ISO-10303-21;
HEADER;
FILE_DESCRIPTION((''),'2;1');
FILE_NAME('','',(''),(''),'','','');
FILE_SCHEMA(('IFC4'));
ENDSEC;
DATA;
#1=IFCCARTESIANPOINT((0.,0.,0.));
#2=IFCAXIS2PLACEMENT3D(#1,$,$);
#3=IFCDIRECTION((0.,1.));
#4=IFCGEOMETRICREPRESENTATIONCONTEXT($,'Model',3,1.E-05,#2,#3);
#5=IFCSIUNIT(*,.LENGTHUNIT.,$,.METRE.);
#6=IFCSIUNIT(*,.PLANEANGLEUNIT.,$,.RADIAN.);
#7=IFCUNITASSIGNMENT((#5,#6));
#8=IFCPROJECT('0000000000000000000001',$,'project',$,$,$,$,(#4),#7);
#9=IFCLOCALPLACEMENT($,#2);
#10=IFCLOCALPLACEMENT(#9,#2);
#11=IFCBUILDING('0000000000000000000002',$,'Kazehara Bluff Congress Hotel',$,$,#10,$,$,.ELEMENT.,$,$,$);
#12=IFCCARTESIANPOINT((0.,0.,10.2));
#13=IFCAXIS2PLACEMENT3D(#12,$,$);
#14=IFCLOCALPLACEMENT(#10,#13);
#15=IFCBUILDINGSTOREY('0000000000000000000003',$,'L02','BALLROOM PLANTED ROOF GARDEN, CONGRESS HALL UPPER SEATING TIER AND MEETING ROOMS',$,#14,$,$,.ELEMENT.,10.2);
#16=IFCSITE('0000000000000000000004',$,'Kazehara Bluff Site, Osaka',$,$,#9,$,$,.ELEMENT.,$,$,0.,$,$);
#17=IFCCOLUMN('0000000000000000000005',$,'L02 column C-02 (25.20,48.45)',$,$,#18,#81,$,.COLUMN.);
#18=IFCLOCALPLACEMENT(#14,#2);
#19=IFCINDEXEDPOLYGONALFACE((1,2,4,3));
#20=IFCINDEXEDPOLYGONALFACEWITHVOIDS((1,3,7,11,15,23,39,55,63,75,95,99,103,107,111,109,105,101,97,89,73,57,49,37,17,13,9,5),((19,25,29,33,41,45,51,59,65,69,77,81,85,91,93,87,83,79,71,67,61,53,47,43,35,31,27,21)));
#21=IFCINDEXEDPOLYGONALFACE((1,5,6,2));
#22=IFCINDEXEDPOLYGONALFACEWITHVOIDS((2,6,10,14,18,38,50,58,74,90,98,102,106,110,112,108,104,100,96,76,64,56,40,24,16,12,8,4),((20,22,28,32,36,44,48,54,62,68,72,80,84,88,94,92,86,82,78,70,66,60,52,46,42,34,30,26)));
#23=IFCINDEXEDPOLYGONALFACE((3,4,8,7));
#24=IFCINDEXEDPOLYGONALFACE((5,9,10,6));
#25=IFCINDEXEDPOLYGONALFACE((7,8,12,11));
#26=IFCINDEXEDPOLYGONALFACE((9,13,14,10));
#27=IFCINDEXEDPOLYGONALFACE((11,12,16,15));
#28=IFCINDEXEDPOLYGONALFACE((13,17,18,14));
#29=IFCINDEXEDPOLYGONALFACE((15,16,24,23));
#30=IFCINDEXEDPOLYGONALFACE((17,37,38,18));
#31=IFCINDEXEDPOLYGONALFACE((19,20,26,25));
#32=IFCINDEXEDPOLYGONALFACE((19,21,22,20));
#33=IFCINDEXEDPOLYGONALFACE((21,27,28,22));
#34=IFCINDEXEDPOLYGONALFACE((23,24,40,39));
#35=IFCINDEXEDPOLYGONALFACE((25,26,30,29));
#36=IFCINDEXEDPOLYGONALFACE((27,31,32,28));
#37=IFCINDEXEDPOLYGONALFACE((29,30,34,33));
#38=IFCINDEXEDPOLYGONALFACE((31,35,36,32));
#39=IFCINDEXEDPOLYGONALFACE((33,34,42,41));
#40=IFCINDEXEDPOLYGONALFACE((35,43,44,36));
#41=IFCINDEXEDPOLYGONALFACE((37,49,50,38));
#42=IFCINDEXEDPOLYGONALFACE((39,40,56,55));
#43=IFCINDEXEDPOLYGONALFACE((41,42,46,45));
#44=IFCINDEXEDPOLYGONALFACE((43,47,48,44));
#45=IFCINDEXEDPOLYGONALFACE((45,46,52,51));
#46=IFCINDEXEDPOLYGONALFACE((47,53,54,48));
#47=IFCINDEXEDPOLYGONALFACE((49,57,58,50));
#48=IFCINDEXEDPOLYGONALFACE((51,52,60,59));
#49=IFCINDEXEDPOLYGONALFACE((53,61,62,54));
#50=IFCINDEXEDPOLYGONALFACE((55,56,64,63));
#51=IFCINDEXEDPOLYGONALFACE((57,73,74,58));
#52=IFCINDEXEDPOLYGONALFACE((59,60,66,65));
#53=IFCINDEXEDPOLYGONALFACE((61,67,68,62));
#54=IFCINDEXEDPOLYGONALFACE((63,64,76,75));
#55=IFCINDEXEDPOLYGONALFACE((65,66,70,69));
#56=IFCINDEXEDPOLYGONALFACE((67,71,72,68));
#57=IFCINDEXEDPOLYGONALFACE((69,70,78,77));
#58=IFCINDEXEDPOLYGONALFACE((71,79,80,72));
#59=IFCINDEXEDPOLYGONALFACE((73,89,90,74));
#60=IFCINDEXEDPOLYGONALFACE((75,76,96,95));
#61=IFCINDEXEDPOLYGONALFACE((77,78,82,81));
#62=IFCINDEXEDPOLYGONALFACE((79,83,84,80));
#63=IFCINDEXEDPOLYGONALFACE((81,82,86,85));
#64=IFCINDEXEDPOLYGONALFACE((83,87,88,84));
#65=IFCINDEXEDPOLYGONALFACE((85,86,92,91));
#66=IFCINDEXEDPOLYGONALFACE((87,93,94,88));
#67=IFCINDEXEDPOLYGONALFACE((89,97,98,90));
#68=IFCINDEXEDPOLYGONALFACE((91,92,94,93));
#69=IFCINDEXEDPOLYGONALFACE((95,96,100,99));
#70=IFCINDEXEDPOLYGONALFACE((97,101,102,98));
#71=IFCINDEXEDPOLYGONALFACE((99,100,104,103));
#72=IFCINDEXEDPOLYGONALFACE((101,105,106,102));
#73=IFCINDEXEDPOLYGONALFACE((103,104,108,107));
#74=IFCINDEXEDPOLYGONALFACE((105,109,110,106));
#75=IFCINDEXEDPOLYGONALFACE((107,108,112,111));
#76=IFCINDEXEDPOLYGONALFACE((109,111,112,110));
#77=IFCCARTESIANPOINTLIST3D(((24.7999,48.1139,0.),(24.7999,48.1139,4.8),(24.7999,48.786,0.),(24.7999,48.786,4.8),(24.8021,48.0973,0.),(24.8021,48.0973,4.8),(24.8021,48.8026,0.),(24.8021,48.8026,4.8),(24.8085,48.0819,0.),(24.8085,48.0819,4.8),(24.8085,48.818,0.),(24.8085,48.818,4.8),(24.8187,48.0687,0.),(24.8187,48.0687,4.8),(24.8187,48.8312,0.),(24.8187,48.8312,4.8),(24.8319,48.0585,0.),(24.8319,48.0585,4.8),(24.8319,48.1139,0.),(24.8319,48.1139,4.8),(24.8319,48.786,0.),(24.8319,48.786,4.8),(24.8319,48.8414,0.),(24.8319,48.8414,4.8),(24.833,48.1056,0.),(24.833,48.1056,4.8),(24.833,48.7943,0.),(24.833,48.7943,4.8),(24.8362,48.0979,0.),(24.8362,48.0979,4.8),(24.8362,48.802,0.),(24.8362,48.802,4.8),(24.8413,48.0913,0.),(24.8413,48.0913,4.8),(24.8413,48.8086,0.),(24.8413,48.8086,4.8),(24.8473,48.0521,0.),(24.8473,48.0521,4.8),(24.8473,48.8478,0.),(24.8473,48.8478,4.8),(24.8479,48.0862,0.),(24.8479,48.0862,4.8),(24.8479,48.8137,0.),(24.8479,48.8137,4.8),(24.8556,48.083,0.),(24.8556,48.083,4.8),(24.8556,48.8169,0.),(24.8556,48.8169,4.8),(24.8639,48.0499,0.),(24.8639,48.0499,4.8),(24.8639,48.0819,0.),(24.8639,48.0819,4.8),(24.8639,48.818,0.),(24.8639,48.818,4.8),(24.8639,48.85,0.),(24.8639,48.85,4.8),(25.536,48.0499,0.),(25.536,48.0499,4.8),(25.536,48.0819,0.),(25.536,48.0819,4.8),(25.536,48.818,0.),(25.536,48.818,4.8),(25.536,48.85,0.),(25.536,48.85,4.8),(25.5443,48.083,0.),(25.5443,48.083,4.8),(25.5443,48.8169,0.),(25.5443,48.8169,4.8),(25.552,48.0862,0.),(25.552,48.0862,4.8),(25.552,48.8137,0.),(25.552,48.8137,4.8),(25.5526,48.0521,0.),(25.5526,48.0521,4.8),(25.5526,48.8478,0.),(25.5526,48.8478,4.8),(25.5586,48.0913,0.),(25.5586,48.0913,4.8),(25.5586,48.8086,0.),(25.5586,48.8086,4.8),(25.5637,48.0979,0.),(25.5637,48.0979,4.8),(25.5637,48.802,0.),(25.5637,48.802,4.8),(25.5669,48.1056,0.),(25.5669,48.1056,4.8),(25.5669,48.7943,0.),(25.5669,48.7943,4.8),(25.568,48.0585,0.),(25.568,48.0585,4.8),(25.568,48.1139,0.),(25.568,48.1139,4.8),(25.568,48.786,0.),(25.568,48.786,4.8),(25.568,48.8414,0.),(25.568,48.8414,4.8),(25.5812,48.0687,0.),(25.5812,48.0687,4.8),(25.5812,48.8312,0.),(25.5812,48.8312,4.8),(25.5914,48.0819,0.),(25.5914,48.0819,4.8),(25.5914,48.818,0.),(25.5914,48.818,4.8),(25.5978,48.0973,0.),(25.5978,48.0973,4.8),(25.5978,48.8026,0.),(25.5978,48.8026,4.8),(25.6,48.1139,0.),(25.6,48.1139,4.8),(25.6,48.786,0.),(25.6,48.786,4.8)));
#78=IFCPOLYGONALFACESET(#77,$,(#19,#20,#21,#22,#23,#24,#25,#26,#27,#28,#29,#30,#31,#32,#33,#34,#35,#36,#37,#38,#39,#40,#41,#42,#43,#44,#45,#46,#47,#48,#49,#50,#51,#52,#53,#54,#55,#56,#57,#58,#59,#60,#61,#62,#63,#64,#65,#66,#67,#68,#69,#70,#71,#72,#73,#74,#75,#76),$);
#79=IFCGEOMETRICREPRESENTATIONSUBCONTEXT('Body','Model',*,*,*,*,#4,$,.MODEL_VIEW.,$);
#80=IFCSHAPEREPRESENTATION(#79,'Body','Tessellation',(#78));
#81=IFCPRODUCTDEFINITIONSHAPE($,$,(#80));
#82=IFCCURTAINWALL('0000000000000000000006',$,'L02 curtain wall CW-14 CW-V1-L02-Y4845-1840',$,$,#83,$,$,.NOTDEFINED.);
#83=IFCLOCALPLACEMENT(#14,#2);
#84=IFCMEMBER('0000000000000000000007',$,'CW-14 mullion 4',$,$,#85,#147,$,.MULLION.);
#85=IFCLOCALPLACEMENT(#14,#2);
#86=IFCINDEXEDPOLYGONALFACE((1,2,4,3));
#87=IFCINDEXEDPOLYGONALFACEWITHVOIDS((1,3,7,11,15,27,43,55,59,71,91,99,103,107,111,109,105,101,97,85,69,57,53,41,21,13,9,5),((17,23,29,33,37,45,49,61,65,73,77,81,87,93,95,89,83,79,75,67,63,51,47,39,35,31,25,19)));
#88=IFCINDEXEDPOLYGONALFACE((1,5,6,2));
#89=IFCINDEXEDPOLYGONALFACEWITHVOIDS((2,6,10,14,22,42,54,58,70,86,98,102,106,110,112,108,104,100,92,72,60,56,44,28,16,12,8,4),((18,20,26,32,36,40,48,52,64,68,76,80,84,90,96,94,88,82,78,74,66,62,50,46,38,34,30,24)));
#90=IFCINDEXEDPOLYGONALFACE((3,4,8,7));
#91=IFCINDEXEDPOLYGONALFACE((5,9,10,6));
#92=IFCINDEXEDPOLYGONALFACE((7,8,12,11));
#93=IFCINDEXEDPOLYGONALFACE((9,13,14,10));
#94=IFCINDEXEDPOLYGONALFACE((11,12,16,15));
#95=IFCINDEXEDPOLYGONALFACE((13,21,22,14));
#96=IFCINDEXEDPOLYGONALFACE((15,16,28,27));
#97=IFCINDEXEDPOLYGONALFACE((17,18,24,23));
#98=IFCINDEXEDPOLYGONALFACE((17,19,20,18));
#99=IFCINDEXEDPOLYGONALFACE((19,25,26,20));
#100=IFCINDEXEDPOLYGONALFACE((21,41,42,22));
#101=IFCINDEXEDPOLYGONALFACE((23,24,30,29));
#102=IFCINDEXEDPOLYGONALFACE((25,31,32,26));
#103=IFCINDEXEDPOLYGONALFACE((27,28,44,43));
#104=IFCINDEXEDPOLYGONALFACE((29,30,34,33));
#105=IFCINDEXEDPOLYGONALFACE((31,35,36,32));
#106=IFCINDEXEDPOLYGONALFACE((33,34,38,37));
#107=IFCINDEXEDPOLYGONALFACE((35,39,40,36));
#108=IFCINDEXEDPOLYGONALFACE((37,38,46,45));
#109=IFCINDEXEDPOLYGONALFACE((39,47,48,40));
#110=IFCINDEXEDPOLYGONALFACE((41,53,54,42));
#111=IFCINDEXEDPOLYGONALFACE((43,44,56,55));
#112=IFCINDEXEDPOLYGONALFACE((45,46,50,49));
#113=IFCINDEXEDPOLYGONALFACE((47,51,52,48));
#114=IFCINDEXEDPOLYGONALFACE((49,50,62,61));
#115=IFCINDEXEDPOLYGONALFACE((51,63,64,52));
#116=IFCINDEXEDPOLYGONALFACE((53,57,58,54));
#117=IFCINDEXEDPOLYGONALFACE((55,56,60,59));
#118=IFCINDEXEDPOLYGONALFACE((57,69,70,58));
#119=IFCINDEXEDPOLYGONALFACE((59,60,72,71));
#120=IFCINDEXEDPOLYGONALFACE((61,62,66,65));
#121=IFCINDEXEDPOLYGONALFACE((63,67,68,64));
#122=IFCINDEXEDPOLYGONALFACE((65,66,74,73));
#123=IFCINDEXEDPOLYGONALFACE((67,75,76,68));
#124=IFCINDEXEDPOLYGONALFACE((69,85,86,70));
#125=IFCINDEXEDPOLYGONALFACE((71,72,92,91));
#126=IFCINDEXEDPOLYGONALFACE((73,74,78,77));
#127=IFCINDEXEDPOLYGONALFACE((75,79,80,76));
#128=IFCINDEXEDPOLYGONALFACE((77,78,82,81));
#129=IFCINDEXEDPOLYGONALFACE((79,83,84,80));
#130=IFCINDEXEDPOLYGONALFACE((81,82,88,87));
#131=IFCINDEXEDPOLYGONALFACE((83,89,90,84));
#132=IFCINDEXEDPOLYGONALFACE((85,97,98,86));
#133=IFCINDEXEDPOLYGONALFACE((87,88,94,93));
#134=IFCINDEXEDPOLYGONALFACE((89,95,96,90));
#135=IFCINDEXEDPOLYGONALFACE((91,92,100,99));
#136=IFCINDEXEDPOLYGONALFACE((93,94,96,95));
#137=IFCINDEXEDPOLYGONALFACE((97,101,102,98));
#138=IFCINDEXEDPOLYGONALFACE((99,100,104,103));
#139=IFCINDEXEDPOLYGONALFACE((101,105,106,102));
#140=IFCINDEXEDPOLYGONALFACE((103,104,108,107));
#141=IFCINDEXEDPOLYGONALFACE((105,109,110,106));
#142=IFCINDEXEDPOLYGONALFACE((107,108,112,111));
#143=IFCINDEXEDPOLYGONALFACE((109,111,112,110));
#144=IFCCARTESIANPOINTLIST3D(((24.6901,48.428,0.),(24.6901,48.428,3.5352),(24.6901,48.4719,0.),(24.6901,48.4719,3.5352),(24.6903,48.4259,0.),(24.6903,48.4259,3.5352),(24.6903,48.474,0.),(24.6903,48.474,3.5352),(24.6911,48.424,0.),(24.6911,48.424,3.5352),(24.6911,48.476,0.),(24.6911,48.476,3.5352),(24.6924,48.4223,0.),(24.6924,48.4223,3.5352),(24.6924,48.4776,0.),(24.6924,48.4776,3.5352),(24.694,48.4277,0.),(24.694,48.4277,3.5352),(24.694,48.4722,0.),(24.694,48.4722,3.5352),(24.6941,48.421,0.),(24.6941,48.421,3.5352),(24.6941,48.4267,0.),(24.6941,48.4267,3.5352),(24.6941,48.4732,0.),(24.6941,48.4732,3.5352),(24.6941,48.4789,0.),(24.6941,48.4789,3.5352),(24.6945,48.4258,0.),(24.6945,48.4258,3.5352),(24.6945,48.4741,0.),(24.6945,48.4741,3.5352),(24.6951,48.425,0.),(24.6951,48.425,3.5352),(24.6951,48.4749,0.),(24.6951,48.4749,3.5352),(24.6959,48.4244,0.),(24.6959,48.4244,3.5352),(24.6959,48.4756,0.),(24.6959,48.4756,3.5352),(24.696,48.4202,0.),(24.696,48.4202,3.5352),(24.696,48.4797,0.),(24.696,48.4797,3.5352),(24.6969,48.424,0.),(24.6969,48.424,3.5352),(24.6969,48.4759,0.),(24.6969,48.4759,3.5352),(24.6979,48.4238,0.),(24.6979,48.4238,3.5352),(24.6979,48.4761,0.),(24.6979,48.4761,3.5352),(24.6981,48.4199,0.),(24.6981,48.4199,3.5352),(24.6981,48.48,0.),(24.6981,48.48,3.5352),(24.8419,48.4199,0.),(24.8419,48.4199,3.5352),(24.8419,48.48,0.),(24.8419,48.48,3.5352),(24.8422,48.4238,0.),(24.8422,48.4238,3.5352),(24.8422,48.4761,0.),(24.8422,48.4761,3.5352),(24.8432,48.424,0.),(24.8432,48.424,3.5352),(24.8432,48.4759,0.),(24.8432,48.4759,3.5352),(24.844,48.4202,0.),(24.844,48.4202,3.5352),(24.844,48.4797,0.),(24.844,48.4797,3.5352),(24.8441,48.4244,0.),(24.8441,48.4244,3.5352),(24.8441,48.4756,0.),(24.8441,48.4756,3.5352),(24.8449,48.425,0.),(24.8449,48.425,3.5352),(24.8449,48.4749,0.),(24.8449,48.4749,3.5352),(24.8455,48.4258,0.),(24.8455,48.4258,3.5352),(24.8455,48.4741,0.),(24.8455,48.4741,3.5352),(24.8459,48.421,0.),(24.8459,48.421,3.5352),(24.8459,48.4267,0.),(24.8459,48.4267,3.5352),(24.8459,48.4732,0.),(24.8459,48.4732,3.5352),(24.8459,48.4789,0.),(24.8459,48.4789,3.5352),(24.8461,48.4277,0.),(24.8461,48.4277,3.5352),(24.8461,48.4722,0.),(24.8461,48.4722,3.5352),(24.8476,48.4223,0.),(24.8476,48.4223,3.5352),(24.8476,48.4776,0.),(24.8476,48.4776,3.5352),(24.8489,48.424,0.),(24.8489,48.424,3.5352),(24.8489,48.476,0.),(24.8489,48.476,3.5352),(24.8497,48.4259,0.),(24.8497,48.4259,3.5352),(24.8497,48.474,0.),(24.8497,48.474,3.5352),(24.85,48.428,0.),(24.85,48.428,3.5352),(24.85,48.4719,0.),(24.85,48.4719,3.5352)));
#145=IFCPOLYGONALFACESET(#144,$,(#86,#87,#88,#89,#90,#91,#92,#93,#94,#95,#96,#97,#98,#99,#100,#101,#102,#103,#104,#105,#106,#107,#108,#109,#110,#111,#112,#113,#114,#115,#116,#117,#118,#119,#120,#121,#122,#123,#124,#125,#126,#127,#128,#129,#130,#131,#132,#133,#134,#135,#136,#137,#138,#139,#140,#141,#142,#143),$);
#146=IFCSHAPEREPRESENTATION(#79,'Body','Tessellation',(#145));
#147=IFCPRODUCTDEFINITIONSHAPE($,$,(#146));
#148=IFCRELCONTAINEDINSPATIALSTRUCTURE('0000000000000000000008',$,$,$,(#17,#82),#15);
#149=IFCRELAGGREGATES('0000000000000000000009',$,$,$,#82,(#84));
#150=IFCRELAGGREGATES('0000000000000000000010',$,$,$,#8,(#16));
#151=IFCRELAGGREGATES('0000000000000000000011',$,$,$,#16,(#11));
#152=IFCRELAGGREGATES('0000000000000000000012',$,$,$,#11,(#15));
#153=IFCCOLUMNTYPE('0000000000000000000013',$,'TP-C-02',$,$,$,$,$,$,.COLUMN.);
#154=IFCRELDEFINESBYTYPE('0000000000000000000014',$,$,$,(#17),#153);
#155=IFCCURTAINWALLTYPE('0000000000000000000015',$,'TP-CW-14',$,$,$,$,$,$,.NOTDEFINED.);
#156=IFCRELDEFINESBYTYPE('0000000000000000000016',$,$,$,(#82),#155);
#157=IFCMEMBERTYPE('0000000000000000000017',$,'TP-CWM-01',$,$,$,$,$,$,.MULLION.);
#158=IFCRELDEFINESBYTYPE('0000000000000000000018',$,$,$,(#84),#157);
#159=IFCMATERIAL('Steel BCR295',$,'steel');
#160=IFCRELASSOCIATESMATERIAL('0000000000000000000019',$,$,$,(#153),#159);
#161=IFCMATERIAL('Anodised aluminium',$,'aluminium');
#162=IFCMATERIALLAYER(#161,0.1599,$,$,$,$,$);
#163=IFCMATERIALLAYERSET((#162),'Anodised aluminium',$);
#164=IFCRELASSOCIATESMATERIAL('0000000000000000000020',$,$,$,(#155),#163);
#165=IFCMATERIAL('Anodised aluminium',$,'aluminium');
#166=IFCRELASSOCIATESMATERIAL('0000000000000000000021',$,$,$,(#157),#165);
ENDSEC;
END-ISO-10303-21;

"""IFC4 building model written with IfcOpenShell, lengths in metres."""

from ifc_helpers import new_model, si_unit, direction, frame, origin, origin_2d, place, context, subcontext, project, spatial, hollow_rectangle, extrude, material, layer, layer_set, material_profile, profile_set, type_object, element, aggregate, save


model = new_model("IFC4")

# Units and contexts
model_context = context("Model", 3, precision=1e-05, world=origin(), true_north=direction((0.0, 1.0)))
body_context = subcontext(model_context, "Body", "Model", "MODEL_VIEW")
ifc_project = project(units=[si_unit("LENGTHUNIT", "METRE"), si_unit("PLANEANGLEUNIT", "RADIAN")], contexts=[model_context])

# Site, building, storey
site_placement = place(None, origin())
site = spatial("IfcSite", under=ifc_project, at=site_placement, Name="Kazehara Bluff Site, Osaka", CompositionType="ELEMENT", RefElevation=0.0)
building_placement = place(site_placement, origin())
building = spatial("IfcBuilding", under=site, at=building_placement, Name="Kazehara Bluff Congress Hotel", CompositionType="ELEMENT")
storey_placement = place(building_placement, frame((0.0, 0.0, 10.2)))
storey = spatial("IfcBuildingStorey", under=building, at=storey_placement, Name="L02", Description="BALLROOM PLANTED ROOF GARDEN, CONGRESS HALL UPPER SEATING TIER AND MEETING ROOMS", CompositionType="ELEMENT", Elevation=10.2)

# Column
ifc_material_1 = material(Name="Steel BCR295", Category="steel")
ifc_material_profile_1 = material_profile(ifc_material_1, hollow_rectangle(XDim=0.8, YDim=0.8, WallThickness=0.032, InnerFilletRadius=0.032, OuterFilletRadius=0.064, at=origin_2d()))
ifc_profile_set_1 = profile_set([ifc_material_profile_1], Name="Steel BCR295")
column_type = type_object("IfcColumnType", Name="TP-C-02", PredefinedType="COLUMN", material=ifc_profile_set_1)
column_placement = place(storey_placement, frame((25.2, 48.45, 0.0), z_axis=(0.0, 0.0, 1.0), x_axis=(1.0, 0.0, 0.0)))
element("IfcColumn", 1, at=column_placement, inside=storey, type_object=column_type, Name="L02 column C-02 (25.20,48.45)", PredefinedType="COLUMN", context=body_context, shape_type="SweptSolid", body=[
    extrude(hollow_rectangle(XDim=0.8, YDim=0.8, WallThickness=0.032, InnerFilletRadius=0.032, OuterFilletRadius=0.064, at=origin_2d()), origin(), (0.0, 0.0, 1.0), 4.8),
])

# Curtain wall, member
ifc_material_2 = material(Name="Anodised aluminium", Category="aluminium")
ifc_layer_1 = layer(ifc_material_2, 0.1599)
ifc_layer_set_1 = layer_set([ifc_layer_1], Name="Anodised aluminium")
curtain_wall_type_1 = type_object("IfcCurtainWallType", Name="TP-CW-14", PredefinedType="NOTDEFINED", material=ifc_layer_set_1)
curtain_wall_1_placement = place(storey_placement, origin())
curtain_wall_1 = element("IfcCurtainWall", 2, at=curtain_wall_1_placement, inside=storey, type_object=curtain_wall_type_1, Name="L02 curtain wall CW-14 CW-V1-L02-Y4845-1840", PredefinedType="NOTDEFINED")
ifc_material_3 = material(Name="Anodised aluminium", Category="aluminium")
ifc_material_profile_2 = material_profile(ifc_material_3, hollow_rectangle(XDim=0.0601, YDim=0.1599, WallThickness=0.0039, InnerFilletRadius=0.0039, OuterFilletRadius=0.0081, at=origin_2d()))
ifc_profile_set_2 = profile_set([ifc_material_profile_2], Name="Anodised aluminium")
member_type_1 = type_object("IfcMemberType", Name="TP-CWM-01", PredefinedType="MULLION", material=ifc_profile_set_2)
member_1_placement = place(storey_placement, frame((24.77, 48.45, 0.0), z_axis=(0.0, 0.0, 1.0), x_axis=(0.0, 1.0, 0.0)))
member_1 = element("IfcMember", 3, at=member_1_placement, type_object=member_type_1, Name="CW-14 mullion 4", PredefinedType="MULLION", context=body_context, shape_type="SweptSolid", body=[
    extrude(hollow_rectangle(XDim=0.0601, YDim=0.1599, WallThickness=0.0039, InnerFilletRadius=0.0039, OuterFilletRadius=0.0081, at=origin_2d()), origin(), (0.0, 0.0, 1.0), 3.5352),
])

aggregate(curtain_wall_1, [member_1])

save(model, "model.ifc")
